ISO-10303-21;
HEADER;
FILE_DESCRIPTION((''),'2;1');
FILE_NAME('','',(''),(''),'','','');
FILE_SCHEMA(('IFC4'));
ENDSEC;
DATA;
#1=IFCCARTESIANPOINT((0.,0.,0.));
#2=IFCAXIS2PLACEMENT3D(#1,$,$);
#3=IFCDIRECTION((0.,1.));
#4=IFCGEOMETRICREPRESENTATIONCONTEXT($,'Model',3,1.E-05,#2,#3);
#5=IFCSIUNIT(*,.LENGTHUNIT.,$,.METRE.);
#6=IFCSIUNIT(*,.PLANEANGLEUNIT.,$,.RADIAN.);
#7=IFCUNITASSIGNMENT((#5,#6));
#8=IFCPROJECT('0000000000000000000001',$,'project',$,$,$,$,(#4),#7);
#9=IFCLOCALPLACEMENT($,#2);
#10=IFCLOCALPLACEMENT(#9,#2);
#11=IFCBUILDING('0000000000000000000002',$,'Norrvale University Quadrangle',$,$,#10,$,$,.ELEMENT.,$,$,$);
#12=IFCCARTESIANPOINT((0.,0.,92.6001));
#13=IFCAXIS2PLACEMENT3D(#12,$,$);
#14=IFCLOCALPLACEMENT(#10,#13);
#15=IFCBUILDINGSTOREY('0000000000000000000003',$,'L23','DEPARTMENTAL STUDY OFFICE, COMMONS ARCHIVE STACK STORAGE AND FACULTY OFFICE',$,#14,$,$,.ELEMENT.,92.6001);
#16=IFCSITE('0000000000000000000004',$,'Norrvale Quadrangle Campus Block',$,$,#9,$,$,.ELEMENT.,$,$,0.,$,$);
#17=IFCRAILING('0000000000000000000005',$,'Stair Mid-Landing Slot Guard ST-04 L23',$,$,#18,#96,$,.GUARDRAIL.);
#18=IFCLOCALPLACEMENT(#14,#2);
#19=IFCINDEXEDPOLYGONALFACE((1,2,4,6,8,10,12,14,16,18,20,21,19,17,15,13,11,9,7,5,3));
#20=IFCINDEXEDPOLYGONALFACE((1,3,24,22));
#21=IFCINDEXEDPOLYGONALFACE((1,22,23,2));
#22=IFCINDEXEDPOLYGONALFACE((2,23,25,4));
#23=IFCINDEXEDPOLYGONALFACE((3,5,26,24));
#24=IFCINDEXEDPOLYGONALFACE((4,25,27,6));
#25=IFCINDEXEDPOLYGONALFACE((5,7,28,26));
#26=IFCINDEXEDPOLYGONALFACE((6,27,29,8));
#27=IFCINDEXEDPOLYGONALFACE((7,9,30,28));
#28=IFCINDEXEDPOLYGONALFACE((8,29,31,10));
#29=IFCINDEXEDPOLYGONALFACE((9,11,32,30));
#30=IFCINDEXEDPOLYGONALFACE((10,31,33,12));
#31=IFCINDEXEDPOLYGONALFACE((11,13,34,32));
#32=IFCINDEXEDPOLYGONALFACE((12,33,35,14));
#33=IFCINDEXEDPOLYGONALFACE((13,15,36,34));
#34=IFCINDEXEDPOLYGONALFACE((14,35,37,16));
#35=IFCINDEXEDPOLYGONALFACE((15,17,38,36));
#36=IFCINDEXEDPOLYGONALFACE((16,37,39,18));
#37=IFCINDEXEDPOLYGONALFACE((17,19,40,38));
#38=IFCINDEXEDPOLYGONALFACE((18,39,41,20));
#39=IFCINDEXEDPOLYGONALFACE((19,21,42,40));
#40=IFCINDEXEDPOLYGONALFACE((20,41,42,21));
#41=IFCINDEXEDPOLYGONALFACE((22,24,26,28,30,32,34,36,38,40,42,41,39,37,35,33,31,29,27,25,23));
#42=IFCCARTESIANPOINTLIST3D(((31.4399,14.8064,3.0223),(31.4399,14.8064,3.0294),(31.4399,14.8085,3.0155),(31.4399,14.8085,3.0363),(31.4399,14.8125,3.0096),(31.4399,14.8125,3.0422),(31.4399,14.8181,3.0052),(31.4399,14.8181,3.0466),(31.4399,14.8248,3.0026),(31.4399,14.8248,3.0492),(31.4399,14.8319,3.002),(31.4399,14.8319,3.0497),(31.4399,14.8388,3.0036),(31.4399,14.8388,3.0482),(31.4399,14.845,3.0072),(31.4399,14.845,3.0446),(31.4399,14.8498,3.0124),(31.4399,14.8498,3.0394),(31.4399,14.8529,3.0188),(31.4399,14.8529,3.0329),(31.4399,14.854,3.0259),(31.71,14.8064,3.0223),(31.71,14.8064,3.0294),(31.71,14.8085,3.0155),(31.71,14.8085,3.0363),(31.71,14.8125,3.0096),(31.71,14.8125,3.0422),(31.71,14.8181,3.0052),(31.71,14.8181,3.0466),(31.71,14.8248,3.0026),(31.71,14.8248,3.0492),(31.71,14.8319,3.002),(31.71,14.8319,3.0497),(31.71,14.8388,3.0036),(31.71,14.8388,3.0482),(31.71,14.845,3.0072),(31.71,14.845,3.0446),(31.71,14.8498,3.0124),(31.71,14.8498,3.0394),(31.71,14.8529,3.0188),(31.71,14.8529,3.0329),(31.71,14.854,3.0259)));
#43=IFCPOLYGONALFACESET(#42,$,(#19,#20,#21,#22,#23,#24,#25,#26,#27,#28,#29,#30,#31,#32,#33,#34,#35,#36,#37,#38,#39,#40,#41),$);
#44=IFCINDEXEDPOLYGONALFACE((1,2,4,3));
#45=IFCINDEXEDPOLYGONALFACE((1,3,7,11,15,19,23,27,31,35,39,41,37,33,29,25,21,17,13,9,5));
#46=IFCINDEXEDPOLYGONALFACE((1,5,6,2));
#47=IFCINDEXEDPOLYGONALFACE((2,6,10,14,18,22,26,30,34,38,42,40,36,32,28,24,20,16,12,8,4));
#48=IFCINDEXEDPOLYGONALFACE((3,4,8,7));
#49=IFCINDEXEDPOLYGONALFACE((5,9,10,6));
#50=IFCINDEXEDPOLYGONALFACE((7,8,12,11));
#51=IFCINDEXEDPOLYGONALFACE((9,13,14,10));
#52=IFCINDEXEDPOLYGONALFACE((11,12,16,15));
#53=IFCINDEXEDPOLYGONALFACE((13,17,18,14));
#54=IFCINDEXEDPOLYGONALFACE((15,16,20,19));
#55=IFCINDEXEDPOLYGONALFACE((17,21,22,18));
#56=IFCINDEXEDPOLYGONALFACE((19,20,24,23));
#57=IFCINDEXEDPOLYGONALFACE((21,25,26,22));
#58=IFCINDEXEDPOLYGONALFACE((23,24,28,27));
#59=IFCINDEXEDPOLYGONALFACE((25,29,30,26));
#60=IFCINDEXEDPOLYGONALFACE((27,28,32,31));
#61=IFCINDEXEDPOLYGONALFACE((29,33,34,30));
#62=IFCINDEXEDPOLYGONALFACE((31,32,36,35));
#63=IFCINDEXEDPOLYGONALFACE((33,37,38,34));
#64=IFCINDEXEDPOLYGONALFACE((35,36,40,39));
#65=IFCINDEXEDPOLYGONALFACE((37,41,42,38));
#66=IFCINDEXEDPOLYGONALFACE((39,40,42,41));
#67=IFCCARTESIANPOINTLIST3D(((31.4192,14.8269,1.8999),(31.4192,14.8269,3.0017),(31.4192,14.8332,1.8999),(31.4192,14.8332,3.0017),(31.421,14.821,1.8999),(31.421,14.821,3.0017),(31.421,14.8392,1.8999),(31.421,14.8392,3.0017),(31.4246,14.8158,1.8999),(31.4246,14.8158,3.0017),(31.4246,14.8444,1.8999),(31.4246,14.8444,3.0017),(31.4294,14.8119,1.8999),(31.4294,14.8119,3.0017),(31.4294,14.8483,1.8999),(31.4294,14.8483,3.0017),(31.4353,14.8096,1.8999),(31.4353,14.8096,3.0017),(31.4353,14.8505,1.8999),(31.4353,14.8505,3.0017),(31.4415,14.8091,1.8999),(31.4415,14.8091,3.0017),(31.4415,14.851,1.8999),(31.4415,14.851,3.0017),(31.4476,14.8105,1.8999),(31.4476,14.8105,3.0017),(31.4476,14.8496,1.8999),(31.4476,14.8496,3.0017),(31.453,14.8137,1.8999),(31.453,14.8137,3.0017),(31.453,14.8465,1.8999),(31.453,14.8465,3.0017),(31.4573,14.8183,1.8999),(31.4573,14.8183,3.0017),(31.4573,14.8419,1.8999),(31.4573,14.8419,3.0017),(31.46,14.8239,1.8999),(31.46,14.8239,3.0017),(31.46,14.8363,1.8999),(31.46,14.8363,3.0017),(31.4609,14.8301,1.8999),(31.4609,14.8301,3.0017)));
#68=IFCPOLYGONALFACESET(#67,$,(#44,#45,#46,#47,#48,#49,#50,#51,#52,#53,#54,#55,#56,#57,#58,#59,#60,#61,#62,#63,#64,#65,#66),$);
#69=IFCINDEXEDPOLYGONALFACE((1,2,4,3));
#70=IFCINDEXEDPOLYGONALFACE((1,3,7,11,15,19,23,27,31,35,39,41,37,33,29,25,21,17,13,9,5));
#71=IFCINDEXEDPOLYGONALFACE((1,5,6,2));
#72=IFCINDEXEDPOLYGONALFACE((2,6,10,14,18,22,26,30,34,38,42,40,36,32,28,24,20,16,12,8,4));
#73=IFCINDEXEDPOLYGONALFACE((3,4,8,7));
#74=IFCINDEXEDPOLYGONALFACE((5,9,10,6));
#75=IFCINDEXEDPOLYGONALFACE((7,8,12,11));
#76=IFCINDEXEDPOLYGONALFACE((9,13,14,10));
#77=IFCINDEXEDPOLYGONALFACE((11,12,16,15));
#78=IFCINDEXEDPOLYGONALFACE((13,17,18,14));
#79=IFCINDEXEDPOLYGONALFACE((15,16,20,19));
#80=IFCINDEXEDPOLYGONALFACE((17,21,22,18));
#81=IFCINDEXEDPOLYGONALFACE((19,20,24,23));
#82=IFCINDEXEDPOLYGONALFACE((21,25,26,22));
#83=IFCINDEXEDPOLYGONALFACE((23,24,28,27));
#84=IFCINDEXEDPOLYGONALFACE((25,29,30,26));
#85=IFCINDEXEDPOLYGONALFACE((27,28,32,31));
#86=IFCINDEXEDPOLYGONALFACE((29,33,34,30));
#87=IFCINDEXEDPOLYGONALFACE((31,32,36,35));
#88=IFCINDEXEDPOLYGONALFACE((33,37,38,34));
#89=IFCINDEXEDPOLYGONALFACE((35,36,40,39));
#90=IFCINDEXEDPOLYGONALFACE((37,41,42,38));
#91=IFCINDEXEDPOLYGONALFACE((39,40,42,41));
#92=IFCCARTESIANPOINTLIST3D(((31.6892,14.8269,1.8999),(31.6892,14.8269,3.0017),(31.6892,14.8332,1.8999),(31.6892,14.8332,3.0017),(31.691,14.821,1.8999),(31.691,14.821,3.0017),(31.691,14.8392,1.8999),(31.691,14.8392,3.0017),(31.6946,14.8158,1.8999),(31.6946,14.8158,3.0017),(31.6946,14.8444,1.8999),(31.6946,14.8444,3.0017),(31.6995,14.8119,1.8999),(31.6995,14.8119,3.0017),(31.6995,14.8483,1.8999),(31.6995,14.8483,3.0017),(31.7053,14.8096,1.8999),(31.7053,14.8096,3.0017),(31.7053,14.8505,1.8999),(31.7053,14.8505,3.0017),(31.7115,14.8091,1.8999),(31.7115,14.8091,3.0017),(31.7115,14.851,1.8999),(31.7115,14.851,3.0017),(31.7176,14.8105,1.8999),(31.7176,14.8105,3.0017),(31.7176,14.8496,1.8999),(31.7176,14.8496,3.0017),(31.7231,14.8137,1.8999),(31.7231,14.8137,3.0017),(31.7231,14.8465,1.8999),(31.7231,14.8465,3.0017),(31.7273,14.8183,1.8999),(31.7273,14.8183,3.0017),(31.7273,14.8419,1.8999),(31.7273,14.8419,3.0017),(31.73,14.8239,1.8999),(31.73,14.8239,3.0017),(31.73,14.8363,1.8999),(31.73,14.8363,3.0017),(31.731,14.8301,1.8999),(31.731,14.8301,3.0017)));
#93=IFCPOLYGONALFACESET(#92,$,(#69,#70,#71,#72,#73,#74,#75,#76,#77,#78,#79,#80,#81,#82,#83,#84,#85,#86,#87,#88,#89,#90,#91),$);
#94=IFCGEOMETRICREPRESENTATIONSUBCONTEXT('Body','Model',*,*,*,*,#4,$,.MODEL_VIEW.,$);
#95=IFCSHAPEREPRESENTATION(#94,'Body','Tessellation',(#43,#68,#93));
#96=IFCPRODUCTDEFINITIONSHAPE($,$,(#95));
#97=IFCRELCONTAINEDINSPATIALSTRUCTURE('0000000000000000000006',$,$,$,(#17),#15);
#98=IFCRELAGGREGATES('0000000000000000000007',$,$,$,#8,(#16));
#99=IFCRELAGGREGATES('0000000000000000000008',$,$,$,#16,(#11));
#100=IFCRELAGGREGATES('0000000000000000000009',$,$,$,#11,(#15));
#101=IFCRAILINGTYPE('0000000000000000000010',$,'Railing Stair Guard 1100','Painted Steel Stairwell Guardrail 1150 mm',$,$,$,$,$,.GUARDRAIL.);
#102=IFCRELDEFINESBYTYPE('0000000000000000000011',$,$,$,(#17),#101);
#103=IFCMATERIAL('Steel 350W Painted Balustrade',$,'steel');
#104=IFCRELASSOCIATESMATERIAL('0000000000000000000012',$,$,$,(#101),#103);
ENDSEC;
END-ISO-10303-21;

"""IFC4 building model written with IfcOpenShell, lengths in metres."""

from ifc_helpers import new_model, si_unit, direction, frame, origin, origin_2d, place, context, subcontext, project, spatial, circle, extrude, material, type_object, element, save


model = new_model("IFC4")

# Units and contexts
model_context = context("Model", 3, precision=1e-05, world=origin(), true_north=direction((0.0, 1.0)))
body_context = subcontext(model_context, "Body", "Model", "MODEL_VIEW")
ifc_project = project(units=[si_unit("LENGTHUNIT", "METRE"), si_unit("PLANEANGLEUNIT", "RADIAN")], contexts=[model_context])

# Site, building, storey
site_placement = place(None, origin())
site = spatial("IfcSite", under=ifc_project, at=site_placement, Name="Norrvale Quadrangle Campus Block", CompositionType="ELEMENT", RefElevation=0.0)
building_placement = place(site_placement, origin())
building = spatial("IfcBuilding", under=site, at=building_placement, Name="Norrvale University Quadrangle", CompositionType="ELEMENT")
storey_placement = place(building_placement, frame((0.0, 0.0, 92.6001)))
storey = spatial("IfcBuildingStorey", under=building, at=storey_placement, Name="L23", Description="DEPARTMENTAL STUDY OFFICE, COMMONS ARCHIVE STACK STORAGE AND FACULTY OFFICE", CompositionType="ELEMENT", Elevation=92.6001)

# Railing
ifc_material_1 = material(Name="Steel 350W Painted Balustrade", Category="steel")
railing_type_1 = type_object("IfcRailingType", Name="Railing Stair Guard 1100", Description="Painted Steel Stairwell Guardrail 1150 mm", PredefinedType="GUARDRAIL", material=ifc_material_1)
for number, where, name in (
    (1, (31.4399, 14.8301, 1.8999), "Stair Mid-Landing Slot Guard ST-04 L23"),
):
    element("IfcRailing", number, at=place(storey_placement, frame(where)), inside=storey, type_object=railing_type_1, Name=name, PredefinedType="GUARDRAIL", context=body_context, shape_type="SweptSolid", body=[
        extrude(circle(Radius=0.0239, at=origin_2d()), frame((0.0, 0.0, 1.126), z_axis=(1.0, 0.0, 0.0), x_axis=(0.0, 1.0, 0.0)), (0.0, 0.0, 1.0), 0.27),
        extrude(circle(Radius=0.021, at=origin_2d()), origin(), (0.0, 0.0, 1.0), 1.1018),
        extrude(circle(Radius=0.021, at=origin_2d()), frame((0.27, 0.0, 0.0)), (0.0, 0.0, 1.0), 1.1018),
    ])

save(model, "model.ifc")
